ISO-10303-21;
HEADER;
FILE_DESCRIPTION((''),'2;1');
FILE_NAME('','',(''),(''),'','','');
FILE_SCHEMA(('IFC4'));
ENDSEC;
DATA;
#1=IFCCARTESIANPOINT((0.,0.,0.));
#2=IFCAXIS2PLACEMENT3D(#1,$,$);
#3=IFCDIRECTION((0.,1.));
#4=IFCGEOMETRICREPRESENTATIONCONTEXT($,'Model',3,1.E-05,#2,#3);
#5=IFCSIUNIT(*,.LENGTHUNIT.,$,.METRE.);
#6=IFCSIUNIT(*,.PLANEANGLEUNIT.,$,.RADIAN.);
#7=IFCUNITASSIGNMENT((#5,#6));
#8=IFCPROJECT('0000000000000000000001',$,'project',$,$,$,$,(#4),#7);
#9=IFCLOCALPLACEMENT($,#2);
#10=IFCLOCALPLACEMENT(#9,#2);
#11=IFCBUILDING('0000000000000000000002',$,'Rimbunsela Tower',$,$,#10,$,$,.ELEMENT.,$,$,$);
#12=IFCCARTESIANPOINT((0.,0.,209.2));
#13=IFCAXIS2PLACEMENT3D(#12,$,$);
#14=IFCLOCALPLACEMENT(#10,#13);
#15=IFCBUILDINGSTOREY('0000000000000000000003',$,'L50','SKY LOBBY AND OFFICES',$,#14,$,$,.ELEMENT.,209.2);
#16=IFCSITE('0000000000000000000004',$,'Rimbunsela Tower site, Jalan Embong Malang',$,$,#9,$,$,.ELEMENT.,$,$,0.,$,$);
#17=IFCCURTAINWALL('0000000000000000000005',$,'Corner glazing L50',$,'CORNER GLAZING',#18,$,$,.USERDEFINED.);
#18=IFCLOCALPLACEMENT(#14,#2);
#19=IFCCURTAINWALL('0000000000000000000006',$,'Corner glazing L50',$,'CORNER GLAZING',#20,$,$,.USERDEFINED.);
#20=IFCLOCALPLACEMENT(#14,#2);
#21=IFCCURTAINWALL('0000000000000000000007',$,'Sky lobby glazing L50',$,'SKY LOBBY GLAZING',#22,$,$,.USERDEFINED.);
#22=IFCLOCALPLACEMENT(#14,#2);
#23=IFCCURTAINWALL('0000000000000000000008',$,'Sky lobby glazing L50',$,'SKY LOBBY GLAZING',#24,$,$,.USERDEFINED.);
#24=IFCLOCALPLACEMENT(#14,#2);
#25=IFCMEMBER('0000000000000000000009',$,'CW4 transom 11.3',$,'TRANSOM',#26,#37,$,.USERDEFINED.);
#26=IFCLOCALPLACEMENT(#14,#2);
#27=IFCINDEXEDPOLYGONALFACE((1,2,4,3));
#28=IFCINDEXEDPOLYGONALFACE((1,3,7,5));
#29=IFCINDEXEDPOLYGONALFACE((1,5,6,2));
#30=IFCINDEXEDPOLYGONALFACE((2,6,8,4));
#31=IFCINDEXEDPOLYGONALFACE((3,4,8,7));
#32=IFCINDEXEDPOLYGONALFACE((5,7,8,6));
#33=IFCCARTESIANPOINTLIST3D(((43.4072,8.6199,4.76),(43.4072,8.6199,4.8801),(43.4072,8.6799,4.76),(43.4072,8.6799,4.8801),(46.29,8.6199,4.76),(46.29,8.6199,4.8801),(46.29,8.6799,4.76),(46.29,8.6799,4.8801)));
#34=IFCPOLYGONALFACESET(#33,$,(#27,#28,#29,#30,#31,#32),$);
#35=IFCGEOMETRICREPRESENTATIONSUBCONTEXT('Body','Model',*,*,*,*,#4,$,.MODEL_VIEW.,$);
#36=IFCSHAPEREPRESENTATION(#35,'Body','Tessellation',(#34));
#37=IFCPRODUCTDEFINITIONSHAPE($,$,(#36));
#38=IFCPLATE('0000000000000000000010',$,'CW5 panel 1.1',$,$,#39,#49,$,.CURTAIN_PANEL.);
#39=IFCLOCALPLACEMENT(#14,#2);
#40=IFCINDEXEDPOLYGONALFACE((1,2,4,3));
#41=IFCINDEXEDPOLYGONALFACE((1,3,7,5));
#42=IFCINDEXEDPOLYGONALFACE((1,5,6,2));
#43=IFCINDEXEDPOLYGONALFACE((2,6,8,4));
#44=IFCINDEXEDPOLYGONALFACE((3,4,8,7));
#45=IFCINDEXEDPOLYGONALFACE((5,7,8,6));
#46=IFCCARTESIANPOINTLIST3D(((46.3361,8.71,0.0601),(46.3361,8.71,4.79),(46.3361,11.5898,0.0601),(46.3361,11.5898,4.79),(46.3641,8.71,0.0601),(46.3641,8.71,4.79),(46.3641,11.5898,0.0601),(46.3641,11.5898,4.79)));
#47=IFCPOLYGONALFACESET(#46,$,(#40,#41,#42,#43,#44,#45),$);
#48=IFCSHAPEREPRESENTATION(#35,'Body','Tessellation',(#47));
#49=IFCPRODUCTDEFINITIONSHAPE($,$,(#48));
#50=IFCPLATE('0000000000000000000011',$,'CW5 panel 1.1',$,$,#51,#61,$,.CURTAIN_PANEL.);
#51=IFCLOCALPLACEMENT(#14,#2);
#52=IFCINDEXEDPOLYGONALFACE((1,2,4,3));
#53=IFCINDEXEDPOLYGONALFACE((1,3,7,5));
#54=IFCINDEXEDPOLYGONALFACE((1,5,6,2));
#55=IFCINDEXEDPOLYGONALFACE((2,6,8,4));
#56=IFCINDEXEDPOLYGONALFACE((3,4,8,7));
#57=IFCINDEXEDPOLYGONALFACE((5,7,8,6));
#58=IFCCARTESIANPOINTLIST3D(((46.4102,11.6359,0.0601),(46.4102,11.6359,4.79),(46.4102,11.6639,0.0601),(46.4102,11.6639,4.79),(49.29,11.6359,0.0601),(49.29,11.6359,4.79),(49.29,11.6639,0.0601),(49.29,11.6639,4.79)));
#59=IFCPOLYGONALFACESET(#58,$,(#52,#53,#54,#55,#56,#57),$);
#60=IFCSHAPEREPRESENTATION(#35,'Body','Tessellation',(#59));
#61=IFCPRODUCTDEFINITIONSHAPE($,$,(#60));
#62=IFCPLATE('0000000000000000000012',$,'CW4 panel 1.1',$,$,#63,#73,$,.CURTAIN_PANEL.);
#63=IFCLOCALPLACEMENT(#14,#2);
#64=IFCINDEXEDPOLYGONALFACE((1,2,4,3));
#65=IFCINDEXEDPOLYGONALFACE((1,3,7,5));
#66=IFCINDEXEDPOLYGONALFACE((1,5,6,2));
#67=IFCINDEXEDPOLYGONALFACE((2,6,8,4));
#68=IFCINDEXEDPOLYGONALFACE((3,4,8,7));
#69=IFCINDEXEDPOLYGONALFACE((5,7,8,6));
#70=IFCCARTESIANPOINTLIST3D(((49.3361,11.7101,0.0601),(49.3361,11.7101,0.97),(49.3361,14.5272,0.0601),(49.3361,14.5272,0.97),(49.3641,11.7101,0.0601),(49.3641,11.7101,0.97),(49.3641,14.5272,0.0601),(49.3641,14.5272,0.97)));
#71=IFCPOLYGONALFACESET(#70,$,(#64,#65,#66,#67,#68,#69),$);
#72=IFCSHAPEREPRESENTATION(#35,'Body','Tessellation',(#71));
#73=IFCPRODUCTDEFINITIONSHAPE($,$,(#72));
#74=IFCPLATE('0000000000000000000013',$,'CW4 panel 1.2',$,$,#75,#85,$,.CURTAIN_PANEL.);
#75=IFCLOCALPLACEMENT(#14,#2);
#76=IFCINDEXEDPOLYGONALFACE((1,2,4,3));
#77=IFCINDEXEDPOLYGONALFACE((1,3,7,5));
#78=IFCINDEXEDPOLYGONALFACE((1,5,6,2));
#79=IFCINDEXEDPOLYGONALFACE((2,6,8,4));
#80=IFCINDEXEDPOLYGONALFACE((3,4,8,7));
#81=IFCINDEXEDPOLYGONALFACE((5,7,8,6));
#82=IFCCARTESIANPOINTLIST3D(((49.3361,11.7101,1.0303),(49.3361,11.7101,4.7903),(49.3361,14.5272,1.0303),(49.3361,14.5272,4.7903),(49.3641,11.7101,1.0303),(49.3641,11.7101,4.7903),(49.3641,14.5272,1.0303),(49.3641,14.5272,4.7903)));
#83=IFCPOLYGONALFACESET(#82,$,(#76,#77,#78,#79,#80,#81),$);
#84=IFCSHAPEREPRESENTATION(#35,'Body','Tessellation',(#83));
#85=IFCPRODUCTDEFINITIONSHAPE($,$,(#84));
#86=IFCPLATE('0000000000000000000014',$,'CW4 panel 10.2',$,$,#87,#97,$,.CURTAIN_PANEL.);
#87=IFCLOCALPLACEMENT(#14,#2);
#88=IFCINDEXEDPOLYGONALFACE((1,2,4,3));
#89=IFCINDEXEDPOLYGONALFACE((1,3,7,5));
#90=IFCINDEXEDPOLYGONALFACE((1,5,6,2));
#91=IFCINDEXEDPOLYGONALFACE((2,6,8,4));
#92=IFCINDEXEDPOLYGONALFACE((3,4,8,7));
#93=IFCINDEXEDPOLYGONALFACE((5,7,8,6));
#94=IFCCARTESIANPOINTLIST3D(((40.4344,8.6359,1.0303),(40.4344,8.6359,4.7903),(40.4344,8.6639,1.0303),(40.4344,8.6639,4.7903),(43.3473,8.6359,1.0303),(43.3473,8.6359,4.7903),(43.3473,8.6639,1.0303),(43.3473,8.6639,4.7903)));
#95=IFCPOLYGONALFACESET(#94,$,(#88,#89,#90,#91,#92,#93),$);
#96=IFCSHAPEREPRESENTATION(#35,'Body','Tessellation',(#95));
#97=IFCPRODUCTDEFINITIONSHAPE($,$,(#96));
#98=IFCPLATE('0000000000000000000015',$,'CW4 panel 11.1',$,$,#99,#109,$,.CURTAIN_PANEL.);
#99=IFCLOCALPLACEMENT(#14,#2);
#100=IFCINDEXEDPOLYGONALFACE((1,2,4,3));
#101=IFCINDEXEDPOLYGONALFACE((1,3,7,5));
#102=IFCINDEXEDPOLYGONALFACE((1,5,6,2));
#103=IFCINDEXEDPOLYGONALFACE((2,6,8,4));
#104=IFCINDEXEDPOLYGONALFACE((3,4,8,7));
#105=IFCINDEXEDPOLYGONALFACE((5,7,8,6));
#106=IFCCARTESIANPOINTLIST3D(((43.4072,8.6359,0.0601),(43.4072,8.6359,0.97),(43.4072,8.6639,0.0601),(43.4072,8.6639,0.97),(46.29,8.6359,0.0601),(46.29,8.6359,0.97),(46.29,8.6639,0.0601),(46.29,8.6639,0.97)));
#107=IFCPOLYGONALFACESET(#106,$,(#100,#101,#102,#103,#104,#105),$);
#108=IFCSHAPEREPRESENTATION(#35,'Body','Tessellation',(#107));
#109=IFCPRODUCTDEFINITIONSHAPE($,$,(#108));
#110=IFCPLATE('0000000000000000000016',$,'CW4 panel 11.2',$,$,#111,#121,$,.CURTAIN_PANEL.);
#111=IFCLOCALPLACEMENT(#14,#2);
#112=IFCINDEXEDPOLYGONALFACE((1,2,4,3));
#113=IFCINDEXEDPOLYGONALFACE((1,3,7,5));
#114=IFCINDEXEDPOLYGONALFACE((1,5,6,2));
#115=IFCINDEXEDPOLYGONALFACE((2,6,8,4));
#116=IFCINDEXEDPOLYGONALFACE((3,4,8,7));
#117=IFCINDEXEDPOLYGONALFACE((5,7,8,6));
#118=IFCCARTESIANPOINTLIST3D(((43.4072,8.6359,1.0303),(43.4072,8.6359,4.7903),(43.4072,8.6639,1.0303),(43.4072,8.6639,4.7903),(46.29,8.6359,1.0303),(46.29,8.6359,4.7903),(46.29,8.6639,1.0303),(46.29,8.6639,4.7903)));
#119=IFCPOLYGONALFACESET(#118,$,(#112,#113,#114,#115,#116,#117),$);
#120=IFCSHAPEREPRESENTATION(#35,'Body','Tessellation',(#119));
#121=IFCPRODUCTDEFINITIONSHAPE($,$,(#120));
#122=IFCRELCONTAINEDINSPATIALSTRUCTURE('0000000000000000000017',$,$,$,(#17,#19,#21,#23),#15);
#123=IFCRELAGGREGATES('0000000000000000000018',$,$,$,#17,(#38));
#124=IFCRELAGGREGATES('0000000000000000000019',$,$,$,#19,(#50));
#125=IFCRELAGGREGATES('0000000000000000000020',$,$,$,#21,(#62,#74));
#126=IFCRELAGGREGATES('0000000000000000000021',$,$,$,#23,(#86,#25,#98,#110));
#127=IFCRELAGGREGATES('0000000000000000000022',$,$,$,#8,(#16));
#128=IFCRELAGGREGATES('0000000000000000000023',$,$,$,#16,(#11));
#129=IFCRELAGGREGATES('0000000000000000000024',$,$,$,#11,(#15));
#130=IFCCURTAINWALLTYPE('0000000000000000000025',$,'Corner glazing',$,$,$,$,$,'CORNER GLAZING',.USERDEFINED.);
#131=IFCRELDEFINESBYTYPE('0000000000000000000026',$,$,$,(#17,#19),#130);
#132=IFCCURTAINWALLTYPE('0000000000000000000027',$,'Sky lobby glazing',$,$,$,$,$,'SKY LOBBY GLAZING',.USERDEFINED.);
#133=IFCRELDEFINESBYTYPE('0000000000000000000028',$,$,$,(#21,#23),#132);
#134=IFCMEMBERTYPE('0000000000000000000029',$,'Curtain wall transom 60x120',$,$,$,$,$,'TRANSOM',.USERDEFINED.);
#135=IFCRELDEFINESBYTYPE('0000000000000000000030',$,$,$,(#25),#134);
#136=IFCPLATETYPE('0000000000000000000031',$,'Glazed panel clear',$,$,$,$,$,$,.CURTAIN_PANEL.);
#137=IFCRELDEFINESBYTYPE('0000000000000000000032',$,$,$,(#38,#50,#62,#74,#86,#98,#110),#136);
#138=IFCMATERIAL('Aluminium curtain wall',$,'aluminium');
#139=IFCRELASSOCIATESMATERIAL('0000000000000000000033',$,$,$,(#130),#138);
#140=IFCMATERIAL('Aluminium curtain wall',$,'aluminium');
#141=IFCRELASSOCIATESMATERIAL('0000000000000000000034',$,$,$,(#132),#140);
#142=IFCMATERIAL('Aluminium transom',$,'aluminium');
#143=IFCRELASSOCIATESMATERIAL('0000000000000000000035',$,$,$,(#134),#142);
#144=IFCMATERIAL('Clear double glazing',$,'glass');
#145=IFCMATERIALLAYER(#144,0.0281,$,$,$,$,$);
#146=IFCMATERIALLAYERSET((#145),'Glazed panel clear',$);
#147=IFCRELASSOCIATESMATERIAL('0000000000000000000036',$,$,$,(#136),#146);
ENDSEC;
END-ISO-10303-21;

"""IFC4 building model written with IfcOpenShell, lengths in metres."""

from ifc_helpers import new_model, si_unit, direction, frame, origin, origin_2d, place, context, subcontext, project, spatial, rectangle, extrude, material, layer, layer_set, material_profile, profile_set, type_object, element, aggregate, save


model = new_model("IFC4")

# Units and contexts
model_context = context("Model", 3, precision=1e-05, world=origin(), true_north=direction((0.0, 1.0)))
body_context = subcontext(model_context, "Body", "Model", "MODEL_VIEW")
ifc_project = project(units=[si_unit("LENGTHUNIT", "METRE"), si_unit("PLANEANGLEUNIT", "RADIAN")], contexts=[model_context])

# Site, building, storey
site_placement = place(None, origin())
site = spatial("IfcSite", under=ifc_project, at=site_placement, Name="Rimbunsela Tower site, Jalan Embong Malang", CompositionType="ELEMENT", RefElevation=0.0)
building_placement = place(site_placement, origin())
building = spatial("IfcBuilding", under=site, at=building_placement, Name="Rimbunsela Tower", CompositionType="ELEMENT")
storey_placement = place(building_placement, frame((0.0, 0.0, 209.2)))
storey = spatial("IfcBuildingStorey", under=building, at=storey_placement, Name="L50", Description="SKY LOBBY AND OFFICES", CompositionType="ELEMENT", Elevation=209.2)

# Curtain walls
ifc_material_1 = material(Name="Aluminium curtain wall", Category="aluminium")
curtain_wall_type_1 = type_object("IfcCurtainWallType", Name="Corner glazing", ElementType="CORNER GLAZING", PredefinedType="USERDEFINED", material=ifc_material_1)
curtain_wall_1_placement = place(storey_placement, origin())
curtain_wall_1 = element("IfcCurtainWall", 1, at=curtain_wall_1_placement, inside=storey, type_object=curtain_wall_type_1, Name="Corner glazing L50", ObjectType="CORNER GLAZING", PredefinedType="USERDEFINED")
curtain_wall_2_placement = place(storey_placement, origin())
curtain_wall_2 = element("IfcCurtainWall", 2, at=curtain_wall_2_placement, inside=storey, type_object=curtain_wall_type_1, Name="Corner glazing L50", ObjectType="CORNER GLAZING", PredefinedType="USERDEFINED")
ifc_material_2 = material(Name="Aluminium curtain wall", Category="aluminium")
curtain_wall_type_2 = type_object("IfcCurtainWallType", Name="Sky lobby glazing", ElementType="SKY LOBBY GLAZING", PredefinedType="USERDEFINED", material=ifc_material_2)
curtain_wall_3_placement = place(storey_placement, origin())
curtain_wall_3 = element("IfcCurtainWall", 3, at=curtain_wall_3_placement, inside=storey, type_object=curtain_wall_type_2, Name="Sky lobby glazing L50", ObjectType="SKY LOBBY GLAZING", PredefinedType="USERDEFINED")
curtain_wall_4_placement = place(storey_placement, origin())
curtain_wall_4 = element("IfcCurtainWall", 4, at=curtain_wall_4_placement, inside=storey, type_object=curtain_wall_type_2, Name="Sky lobby glazing L50", ObjectType="SKY LOBBY GLAZING", PredefinedType="USERDEFINED")

# Member
ifc_material_3 = material(Name="Aluminium transom", Category="aluminium")
ifc_material_profile_1 = material_profile(ifc_material_3, rectangle(XDim=0.0601, YDim=0.1201, at=origin_2d()), Name="Transom 60x120")
ifc_profile_set_1 = profile_set([ifc_material_profile_1], Name="Aluminium transom")
member_type_1 = type_object("IfcMemberType", Name="Curtain wall transom 60x120", ElementType="TRANSOM", PredefinedType="USERDEFINED", material=ifc_profile_set_1)
member_1_placement = place(storey_placement, frame((43.4072, 8.6499, 4.8201), z_axis=(1.0, 0.0, 0.0), x_axis=(0.0, 1.0, 0.0)))
member_1 = element("IfcMember", 5, at=member_1_placement, type_object=member_type_1, Name="CW4 transom 11.3", ObjectType="TRANSOM", PredefinedType="USERDEFINED", context=body_context, shape_type="SweptSolid", body=[
    extrude(rectangle(XDim=0.0601, YDim=0.1201, at=origin_2d()), origin(), (0.0, 0.0, 1.0), 2.8828),
])

# Plates
ifc_material_4 = material(Name="Clear double glazing", Category="glass")
ifc_layer = layer(ifc_material_4, 0.0281)
ifc_layer_set = layer_set([ifc_layer], Name="Glazed panel clear")
plate_type = type_object("IfcPlateType", Name="Glazed panel clear", PredefinedType="CURTAIN_PANEL", material=ifc_layer_set)
plate_1_placement = place(storey_placement, frame((46.3501, 10.1499, 0.0601), z_axis=(0.0, 0.0, 1.0), x_axis=(0.0, 1.0, 0.0)))
plate_1 = element("IfcPlate", 6, at=plate_1_placement, type_object=plate_type, Name="CW5 panel 1.1", PredefinedType="CURTAIN_PANEL", context=body_context, shape_type="SweptSolid", body=[
    extrude(rectangle(XDim=2.8799, YDim=0.0281, at=origin_2d()), origin(), (0.0, 0.0, 1.0), 4.73),
])
aggregate(curtain_wall_1, [plate_1])
plate_2_placement = place(storey_placement, frame((47.8501, 11.6499, 0.0601), z_axis=(0.0, 0.0, 1.0), x_axis=(1.0, 0.0, 0.0)))
plate_2 = element("IfcPlate", 7, at=plate_2_placement, type_object=plate_type, Name="CW5 panel 1.1", PredefinedType="CURTAIN_PANEL", context=body_context, shape_type="SweptSolid", body=[
    extrude(rectangle(XDim=2.8799, YDim=0.0281, at=origin_2d()), origin(), (0.0, 0.0, 1.0), 4.73),
])
aggregate(curtain_wall_2, [plate_2])
plate_3_placement = place(storey_placement, frame((49.3501, 13.1187, 0.0601), z_axis=(0.0, 0.0, 1.0), x_axis=(0.0, 1.0, 0.0)))
plate_3 = element("IfcPlate", 8, at=plate_3_placement, type_object=plate_type, Name="CW4 panel 1.1", PredefinedType="CURTAIN_PANEL", context=body_context, shape_type="SweptSolid", body=[
    extrude(rectangle(XDim=2.8171, YDim=0.0281, at=origin_2d()), origin(), (0.0, 0.0, 1.0), 0.9099),
])
plate_4_placement = place(storey_placement, frame((49.3501, 13.1187, 1.0303), z_axis=(0.0, 0.0, 1.0), x_axis=(0.0, 1.0, 0.0)))
plate_4 = element("IfcPlate", 9, at=plate_4_placement, type_object=plate_type, Name="CW4 panel 1.2", PredefinedType="CURTAIN_PANEL", context=body_context, shape_type="SweptSolid", body=[
    extrude(rectangle(XDim=2.8171, YDim=0.0281, at=origin_2d()), origin(), (0.0, 0.0, 1.0), 3.76),
])
aggregate(curtain_wall_3, [plate_3, plate_4])
plate_5_placement = place(storey_placement, frame((41.8909, 8.6499, 1.0303), z_axis=(0.0, 0.0, 1.0), x_axis=(1.0, 0.0, 0.0)))
plate_5 = element("IfcPlate", 10, at=plate_5_placement, type_object=plate_type, Name="CW4 panel 10.2", PredefinedType="CURTAIN_PANEL", context=body_context, shape_type="SweptSolid", body=[
    extrude(rectangle(XDim=2.9128, YDim=0.0281, at=origin_2d()), origin(), (0.0, 0.0, 1.0), 3.76),
])
plate_6_placement = place(storey_placement, frame((44.8486, 8.6499, 0.0601), z_axis=(0.0, 0.0, 1.0), x_axis=(1.0, 0.0, 0.0)))
plate_6 = element("IfcPlate", 11, at=plate_6_placement, type_object=plate_type, Name="CW4 panel 11.1", PredefinedType="CURTAIN_PANEL", context=body_context, shape_type="SweptSolid", body=[
    extrude(rectangle(XDim=2.8828, YDim=0.0281, at=origin_2d()), origin(), (0.0, 0.0, 1.0), 0.9099),
])
plate_7_placement = place(storey_placement, frame((44.8486, 8.6499, 1.0303), z_axis=(0.0, 0.0, 1.0), x_axis=(1.0, 0.0, 0.0)))
plate_7 = element("IfcPlate", 12, at=plate_7_placement, type_object=plate_type, Name="CW4 panel 11.2", PredefinedType="CURTAIN_PANEL", context=body_context, shape_type="SweptSolid", body=[
    extrude(rectangle(XDim=2.8828, YDim=0.0281, at=origin_2d()), origin(), (0.0, 0.0, 1.0), 3.76),
])
aggregate(curtain_wall_4, [plate_5, member_1, plate_6, plate_7])

save(model, "model.ifc")
